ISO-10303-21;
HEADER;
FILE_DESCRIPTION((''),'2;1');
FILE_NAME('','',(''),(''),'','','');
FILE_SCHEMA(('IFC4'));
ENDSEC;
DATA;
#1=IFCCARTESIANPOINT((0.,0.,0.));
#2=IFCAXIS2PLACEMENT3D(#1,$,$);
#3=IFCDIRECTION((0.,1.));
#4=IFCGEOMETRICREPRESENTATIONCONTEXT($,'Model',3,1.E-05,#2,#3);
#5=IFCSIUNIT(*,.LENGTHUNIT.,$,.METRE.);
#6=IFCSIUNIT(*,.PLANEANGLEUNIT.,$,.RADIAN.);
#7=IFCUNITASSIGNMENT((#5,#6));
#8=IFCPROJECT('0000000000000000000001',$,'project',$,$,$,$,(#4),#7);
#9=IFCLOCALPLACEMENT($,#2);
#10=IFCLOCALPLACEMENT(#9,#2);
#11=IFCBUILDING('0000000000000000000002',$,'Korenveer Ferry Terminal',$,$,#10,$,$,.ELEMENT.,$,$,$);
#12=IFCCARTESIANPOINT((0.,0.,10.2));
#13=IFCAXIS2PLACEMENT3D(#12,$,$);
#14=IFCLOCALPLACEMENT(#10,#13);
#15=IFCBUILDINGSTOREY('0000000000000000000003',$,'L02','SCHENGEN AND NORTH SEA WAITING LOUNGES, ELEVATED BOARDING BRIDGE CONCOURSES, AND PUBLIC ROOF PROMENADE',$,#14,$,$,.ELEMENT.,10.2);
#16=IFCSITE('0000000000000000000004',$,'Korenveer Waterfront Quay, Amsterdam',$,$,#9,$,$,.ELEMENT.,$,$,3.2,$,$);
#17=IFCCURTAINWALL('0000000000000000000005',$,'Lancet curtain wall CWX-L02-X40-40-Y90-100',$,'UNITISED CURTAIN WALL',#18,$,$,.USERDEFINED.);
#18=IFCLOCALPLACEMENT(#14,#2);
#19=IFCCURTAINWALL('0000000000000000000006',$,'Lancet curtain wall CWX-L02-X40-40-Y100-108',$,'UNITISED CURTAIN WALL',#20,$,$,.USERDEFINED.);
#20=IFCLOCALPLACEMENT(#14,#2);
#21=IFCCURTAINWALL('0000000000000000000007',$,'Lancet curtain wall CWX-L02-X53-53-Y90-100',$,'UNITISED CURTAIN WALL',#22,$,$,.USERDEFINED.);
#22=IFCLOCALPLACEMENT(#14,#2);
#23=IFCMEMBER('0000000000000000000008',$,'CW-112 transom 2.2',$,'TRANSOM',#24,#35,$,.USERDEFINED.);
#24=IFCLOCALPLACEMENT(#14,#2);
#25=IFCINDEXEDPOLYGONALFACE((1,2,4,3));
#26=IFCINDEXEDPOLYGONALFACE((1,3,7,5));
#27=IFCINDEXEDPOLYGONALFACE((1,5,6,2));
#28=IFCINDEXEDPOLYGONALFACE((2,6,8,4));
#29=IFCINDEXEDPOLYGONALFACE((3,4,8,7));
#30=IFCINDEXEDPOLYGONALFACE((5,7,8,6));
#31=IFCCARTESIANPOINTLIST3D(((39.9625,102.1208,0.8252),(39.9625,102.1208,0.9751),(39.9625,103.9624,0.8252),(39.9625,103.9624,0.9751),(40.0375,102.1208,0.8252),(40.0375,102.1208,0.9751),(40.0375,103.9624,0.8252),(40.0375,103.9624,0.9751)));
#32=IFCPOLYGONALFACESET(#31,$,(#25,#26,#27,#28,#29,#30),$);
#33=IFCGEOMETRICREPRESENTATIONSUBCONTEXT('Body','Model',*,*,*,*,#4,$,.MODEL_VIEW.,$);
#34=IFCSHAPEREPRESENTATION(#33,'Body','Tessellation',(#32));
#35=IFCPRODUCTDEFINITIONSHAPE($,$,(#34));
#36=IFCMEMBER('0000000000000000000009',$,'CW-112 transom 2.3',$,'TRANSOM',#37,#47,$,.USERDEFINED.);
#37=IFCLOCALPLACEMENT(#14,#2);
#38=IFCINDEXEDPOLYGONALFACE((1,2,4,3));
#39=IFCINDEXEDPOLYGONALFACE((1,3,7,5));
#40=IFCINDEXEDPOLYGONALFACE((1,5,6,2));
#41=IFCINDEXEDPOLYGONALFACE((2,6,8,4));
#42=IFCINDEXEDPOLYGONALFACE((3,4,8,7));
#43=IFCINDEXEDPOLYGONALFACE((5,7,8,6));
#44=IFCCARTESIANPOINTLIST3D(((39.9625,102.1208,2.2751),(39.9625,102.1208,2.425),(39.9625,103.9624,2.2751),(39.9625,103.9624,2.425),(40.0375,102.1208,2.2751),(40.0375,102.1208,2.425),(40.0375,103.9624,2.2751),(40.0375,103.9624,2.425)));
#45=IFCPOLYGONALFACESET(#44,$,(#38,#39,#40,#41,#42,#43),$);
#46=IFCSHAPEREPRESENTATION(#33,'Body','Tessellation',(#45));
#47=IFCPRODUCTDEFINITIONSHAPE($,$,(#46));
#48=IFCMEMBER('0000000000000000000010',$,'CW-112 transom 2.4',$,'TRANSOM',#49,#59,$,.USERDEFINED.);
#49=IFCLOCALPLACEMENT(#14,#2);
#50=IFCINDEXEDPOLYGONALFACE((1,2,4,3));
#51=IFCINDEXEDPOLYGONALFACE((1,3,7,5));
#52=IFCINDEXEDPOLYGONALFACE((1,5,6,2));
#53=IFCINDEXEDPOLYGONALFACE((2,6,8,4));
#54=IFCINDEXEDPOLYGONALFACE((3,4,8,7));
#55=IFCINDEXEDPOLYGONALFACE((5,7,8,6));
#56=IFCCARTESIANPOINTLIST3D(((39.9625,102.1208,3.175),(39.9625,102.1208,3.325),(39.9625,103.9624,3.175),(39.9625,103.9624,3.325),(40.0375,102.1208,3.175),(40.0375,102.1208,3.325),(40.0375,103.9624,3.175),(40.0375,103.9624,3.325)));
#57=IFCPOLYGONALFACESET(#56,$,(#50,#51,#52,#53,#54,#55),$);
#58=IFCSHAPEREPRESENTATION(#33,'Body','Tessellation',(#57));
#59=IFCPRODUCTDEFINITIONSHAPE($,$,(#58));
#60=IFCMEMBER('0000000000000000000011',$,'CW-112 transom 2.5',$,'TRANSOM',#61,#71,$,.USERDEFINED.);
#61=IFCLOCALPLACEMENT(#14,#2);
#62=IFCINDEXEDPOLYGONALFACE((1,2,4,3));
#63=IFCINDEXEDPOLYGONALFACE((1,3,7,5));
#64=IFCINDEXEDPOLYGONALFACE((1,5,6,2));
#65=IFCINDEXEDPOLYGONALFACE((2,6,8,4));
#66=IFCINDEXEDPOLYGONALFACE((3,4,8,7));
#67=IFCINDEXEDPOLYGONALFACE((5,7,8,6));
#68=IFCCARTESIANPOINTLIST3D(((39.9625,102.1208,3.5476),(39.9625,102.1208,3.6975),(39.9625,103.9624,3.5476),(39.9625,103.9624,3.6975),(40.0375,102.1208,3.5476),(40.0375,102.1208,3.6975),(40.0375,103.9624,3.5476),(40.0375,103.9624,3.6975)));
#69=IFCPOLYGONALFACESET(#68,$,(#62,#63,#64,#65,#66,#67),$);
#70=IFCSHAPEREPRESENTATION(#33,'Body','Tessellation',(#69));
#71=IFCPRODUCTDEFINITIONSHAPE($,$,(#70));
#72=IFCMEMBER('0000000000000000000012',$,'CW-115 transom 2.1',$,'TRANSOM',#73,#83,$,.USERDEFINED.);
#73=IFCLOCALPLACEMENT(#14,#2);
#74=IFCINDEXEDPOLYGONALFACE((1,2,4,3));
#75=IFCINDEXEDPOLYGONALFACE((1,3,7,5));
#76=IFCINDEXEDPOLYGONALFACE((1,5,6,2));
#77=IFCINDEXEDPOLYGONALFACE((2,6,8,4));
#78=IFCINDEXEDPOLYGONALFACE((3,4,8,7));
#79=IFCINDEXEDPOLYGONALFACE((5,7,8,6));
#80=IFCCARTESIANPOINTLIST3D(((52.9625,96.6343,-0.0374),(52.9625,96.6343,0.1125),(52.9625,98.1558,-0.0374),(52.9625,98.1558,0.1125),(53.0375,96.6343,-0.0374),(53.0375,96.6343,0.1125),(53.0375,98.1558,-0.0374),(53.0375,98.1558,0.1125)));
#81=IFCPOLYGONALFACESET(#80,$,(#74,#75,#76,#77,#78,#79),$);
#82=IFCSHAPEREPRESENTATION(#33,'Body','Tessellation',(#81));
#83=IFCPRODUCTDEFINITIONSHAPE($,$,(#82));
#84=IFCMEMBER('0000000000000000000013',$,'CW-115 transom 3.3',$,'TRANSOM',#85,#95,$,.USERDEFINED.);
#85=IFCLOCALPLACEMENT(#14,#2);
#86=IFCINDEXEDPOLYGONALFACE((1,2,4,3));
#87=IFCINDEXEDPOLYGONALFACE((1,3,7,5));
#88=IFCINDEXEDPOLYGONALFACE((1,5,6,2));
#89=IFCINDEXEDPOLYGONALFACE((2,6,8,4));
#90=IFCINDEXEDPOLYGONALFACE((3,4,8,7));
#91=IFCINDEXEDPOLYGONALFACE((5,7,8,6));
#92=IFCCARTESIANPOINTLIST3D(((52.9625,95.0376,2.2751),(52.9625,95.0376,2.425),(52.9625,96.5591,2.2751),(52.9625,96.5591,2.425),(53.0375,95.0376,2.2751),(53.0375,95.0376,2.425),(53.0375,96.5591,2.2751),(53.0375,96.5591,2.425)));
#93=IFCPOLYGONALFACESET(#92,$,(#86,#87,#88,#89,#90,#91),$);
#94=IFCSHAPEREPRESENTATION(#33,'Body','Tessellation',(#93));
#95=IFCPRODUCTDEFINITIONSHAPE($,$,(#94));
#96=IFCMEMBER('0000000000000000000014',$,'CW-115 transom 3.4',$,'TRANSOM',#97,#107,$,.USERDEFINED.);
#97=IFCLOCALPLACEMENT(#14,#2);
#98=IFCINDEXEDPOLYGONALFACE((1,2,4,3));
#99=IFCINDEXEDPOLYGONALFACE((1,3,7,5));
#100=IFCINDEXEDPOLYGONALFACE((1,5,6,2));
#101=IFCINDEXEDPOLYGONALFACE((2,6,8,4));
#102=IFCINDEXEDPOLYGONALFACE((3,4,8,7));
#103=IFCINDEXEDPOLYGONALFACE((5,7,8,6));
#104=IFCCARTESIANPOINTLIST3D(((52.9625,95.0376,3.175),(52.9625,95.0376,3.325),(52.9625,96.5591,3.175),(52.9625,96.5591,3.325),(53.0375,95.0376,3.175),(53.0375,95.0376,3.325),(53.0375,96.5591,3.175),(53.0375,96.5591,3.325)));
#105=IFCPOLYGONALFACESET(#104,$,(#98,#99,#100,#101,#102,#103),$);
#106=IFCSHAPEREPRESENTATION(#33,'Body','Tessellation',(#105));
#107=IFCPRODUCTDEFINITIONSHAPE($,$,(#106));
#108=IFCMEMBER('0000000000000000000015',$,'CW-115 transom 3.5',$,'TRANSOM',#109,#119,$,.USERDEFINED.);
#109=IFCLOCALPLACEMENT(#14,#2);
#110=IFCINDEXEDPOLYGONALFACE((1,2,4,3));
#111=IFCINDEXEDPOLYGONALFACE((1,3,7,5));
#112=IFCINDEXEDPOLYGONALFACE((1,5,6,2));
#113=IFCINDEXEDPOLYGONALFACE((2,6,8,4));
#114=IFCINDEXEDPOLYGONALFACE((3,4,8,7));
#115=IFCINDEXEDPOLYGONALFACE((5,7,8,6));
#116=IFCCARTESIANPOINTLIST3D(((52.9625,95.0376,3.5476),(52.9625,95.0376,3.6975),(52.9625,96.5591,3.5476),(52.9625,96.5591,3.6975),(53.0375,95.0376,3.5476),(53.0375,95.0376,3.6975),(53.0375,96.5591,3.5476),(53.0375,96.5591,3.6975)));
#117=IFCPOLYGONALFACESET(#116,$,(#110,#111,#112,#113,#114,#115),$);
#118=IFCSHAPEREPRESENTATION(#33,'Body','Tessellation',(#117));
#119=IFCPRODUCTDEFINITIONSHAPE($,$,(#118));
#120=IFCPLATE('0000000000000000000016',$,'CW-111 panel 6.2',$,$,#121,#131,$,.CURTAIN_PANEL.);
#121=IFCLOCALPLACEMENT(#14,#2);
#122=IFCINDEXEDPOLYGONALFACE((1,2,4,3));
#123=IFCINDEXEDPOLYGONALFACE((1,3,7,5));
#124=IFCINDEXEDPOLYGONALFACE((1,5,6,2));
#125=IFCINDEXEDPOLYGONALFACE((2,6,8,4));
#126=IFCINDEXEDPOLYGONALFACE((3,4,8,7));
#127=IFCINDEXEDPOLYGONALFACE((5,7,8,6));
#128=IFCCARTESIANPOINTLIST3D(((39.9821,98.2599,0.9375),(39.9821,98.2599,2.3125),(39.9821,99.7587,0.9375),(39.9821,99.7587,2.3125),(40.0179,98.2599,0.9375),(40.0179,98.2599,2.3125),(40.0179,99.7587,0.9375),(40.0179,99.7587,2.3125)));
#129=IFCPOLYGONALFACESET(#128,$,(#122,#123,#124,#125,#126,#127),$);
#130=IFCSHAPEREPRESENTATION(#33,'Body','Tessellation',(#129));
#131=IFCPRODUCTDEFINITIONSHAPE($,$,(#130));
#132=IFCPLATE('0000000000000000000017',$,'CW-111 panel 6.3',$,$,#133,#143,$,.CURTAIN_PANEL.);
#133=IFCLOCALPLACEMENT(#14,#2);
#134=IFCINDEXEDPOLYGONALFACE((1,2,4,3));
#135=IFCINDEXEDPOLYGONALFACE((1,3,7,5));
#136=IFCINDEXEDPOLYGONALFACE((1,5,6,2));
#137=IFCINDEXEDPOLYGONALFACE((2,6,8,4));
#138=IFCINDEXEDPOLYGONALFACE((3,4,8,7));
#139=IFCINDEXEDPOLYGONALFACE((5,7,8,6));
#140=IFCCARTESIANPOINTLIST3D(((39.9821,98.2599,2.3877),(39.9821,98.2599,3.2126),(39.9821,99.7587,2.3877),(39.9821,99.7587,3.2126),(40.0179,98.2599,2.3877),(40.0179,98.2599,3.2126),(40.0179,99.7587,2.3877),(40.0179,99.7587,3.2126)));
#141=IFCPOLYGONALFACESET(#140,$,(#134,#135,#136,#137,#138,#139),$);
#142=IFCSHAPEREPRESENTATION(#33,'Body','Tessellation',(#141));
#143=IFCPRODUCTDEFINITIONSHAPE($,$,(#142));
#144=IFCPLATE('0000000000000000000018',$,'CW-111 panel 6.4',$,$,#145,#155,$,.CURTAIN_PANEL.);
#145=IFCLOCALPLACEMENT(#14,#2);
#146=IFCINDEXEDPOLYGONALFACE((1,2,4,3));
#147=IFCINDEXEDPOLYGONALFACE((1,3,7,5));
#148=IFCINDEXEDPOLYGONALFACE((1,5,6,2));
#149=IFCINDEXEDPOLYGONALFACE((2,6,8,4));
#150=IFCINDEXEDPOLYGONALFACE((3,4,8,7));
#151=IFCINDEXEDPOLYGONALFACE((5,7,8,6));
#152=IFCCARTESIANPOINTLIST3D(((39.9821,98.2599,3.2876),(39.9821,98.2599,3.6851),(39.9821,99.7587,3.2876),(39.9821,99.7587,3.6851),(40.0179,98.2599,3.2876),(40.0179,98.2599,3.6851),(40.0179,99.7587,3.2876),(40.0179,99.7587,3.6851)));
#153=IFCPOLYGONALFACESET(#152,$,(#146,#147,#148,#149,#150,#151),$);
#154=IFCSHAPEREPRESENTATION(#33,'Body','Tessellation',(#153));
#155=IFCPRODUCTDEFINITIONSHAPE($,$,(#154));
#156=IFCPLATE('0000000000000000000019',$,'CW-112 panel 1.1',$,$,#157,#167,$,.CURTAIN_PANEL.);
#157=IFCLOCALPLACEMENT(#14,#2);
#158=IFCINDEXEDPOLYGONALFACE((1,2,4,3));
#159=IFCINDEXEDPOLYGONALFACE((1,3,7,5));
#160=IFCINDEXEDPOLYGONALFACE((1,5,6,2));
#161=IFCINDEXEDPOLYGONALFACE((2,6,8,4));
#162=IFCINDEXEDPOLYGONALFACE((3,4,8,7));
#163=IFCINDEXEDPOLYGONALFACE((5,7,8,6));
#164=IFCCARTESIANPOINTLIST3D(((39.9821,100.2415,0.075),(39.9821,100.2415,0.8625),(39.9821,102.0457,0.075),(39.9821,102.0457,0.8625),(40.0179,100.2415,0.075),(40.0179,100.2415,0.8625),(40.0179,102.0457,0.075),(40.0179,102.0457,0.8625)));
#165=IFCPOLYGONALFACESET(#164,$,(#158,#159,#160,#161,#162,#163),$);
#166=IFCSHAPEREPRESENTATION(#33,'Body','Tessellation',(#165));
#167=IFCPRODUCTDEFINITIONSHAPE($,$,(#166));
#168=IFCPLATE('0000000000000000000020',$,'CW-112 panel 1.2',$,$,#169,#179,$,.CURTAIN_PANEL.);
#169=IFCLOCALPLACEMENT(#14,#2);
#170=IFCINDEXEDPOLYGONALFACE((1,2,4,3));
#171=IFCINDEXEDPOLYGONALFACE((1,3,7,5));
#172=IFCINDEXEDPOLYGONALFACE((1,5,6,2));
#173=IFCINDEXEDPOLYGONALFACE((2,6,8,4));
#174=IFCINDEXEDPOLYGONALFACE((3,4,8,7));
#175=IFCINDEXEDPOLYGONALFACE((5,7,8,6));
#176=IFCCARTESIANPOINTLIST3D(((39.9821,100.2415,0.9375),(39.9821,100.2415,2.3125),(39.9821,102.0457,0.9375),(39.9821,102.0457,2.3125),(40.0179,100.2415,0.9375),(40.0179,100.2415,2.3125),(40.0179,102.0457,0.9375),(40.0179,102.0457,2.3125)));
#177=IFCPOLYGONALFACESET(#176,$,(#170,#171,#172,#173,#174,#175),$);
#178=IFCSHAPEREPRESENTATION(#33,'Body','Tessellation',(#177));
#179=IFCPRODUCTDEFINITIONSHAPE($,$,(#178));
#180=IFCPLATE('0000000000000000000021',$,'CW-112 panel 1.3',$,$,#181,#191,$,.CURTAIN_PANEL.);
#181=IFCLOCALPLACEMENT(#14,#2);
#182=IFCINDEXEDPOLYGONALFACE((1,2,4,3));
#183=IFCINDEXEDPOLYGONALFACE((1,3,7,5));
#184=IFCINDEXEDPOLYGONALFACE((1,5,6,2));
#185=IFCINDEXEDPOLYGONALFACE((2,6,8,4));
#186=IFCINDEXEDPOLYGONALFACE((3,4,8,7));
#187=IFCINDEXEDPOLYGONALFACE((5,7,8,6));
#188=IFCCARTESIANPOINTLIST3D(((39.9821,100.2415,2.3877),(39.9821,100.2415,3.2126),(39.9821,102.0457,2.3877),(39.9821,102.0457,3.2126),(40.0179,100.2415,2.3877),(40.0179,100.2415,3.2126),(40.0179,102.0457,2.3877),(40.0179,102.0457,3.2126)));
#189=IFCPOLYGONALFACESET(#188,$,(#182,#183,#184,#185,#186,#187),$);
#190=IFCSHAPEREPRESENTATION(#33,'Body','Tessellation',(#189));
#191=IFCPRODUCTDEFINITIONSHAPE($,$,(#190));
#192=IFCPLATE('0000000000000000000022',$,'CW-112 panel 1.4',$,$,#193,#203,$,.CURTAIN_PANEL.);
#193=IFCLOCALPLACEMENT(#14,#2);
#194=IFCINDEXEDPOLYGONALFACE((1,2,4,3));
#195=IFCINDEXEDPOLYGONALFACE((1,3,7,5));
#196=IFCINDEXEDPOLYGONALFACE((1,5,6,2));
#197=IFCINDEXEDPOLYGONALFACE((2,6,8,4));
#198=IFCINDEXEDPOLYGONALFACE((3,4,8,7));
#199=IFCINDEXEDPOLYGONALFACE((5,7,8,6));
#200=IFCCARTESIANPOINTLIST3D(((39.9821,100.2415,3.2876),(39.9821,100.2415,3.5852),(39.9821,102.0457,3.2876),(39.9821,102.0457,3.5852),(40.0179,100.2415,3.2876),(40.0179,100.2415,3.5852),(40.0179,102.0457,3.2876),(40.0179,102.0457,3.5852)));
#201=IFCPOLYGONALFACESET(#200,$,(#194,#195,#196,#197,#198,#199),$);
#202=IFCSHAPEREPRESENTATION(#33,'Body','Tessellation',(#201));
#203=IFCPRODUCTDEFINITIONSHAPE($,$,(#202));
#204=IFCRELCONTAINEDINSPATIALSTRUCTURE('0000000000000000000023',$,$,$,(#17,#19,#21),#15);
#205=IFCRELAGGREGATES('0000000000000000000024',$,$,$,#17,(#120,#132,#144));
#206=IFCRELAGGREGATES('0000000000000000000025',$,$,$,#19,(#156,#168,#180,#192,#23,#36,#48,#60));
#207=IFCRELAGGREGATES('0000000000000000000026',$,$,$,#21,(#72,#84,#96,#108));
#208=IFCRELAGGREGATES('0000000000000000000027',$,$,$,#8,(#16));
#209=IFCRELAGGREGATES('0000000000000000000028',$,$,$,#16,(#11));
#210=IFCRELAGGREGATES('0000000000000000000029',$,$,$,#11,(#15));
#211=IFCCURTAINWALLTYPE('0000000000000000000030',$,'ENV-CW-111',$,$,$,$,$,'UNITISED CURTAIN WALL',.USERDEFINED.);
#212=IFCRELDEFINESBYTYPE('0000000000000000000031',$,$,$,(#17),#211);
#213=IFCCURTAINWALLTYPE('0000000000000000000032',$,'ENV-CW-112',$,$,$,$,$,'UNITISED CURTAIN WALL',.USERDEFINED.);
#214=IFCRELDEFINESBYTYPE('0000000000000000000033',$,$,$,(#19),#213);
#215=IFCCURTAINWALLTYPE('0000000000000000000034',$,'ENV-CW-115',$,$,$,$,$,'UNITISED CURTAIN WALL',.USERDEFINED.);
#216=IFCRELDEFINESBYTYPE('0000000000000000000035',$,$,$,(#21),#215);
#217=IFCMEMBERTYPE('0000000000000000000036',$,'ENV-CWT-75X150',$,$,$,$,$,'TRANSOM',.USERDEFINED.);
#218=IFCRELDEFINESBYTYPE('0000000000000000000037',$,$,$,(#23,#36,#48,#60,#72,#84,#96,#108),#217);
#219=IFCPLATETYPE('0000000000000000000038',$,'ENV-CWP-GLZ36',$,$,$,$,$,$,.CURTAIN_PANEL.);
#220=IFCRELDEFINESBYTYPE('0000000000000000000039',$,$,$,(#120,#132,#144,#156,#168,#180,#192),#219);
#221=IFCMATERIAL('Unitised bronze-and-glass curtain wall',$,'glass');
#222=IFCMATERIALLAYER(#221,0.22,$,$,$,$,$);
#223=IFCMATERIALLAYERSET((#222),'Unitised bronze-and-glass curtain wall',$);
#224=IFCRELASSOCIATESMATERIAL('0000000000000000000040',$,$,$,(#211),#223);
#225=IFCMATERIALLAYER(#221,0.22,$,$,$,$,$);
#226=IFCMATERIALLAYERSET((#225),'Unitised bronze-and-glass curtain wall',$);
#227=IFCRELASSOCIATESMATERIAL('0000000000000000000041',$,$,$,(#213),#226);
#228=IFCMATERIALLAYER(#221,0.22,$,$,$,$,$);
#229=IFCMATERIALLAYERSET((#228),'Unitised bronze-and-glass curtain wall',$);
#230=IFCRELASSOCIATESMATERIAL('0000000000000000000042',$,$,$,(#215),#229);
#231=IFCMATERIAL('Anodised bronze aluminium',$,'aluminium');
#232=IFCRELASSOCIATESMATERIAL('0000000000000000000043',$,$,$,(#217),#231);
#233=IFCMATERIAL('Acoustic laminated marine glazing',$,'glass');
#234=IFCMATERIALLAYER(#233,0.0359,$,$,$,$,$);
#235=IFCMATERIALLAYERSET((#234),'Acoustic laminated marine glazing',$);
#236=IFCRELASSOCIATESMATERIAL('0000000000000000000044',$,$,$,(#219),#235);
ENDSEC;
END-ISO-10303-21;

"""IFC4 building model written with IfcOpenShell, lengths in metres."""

from ifc_helpers import new_model, si_unit, direction, frame, origin, origin_2d, place, context, subcontext, project, spatial, rectangle, extrude, material, layer, layer_set, material_profile, profile_set, type_object, element, aggregate, save


model = new_model("IFC4")

# Units and contexts
model_context = context("Model", 3, precision=1e-05, world=origin(), true_north=direction((0.0, 1.0)))
body_context = subcontext(model_context, "Body", "Model", "MODEL_VIEW")
ifc_project = project(units=[si_unit("LENGTHUNIT", "METRE"), si_unit("PLANEANGLEUNIT", "RADIAN")], contexts=[model_context])

# Site, building, storey
site_placement = place(None, origin())
site = spatial("IfcSite", under=ifc_project, at=site_placement, Name="Korenveer Waterfront Quay, Amsterdam", CompositionType="ELEMENT", RefElevation=3.2)
building_placement = place(site_placement, origin())
building = spatial("IfcBuilding", under=site, at=building_placement, Name="Korenveer Ferry Terminal", CompositionType="ELEMENT")
storey_placement = place(building_placement, frame((0.0, 0.0, 10.2)))
storey = spatial("IfcBuildingStorey", under=building, at=storey_placement, Name="L02", Description="SCHENGEN AND NORTH SEA WAITING LOUNGES, ELEVATED BOARDING BRIDGE CONCOURSES, AND PUBLIC ROOF PROMENADE", CompositionType="ELEMENT", Elevation=10.2)

# Curtain wall
ifc_material_1 = material(Name="Unitised bronze-and-glass curtain wall", Category="glass")
ifc_layer_1 = layer(ifc_material_1, 0.22)
ifc_layer_set_1 = layer_set([ifc_layer_1], Name="Unitised bronze-and-glass curtain wall")
curtain_wall_type_1 = type_object("IfcCurtainWallType", Name="ENV-CW-111", ElementType="UNITISED CURTAIN WALL", PredefinedType="USERDEFINED", material=ifc_layer_set_1)
curtain_wall_1_placement = place(storey_placement, frame((40.0, 90.1665, 0.0)))
curtain_wall_1 = element("IfcCurtainWall", 1, at=curtain_wall_1_placement, inside=storey, type_object=curtain_wall_type_1, Name="Lancet curtain wall CWX-L02-X40-40-Y90-100", ObjectType="UNITISED CURTAIN WALL", PredefinedType="USERDEFINED")
ifc_material_2 = material(Name="Anodised bronze aluminium", Category="aluminium")

# Curtain wall
ifc_layer_2 = layer(ifc_material_1, 0.22)
ifc_layer_set_2 = layer_set([ifc_layer_2], Name="Unitised bronze-and-glass curtain wall")
curtain_wall_type_2 = type_object("IfcCurtainWallType", Name="ENV-CW-112", ElementType="UNITISED CURTAIN WALL", PredefinedType="USERDEFINED", material=ifc_layer_set_2)
curtain_wall_2_placement = place(storey_placement, frame((40.0, 100.1665, 0.0)))
curtain_wall_2 = element("IfcCurtainWall", 2, at=curtain_wall_2_placement, inside=storey, type_object=curtain_wall_type_2, Name="Lancet curtain wall CWX-L02-X40-40-Y100-108", ObjectType="UNITISED CURTAIN WALL", PredefinedType="USERDEFINED")

# Curtain wall
ifc_layer_3 = layer(ifc_material_1, 0.22)
ifc_layer_set_3 = layer_set([ifc_layer_3], Name="Unitised bronze-and-glass curtain wall")
curtain_wall_type_3 = type_object("IfcCurtainWallType", Name="ENV-CW-115", ElementType="UNITISED CURTAIN WALL", PredefinedType="USERDEFINED", material=ifc_layer_set_3)
curtain_wall_3_placement = place(storey_placement, frame((53.0, 99.79, 0.0)))
curtain_wall_3 = element("IfcCurtainWall", 3, at=curtain_wall_3_placement, inside=storey, type_object=curtain_wall_type_3, Name="Lancet curtain wall CWX-L02-X53-53-Y90-100", ObjectType="UNITISED CURTAIN WALL", PredefinedType="USERDEFINED")

# Members
ifc_material_profile_1 = material_profile(ifc_material_2, rectangle(XDim=0.075, YDim=0.1499, at=origin_2d()), Name="ALU 75x150")
ifc_profile_set_1 = profile_set([ifc_material_profile_1], Name="Anodised bronze aluminium")
member_type_1 = type_object("IfcMemberType", Name="ENV-CWT-75X150", ElementType="TRANSOM", PredefinedType="USERDEFINED", material=ifc_profile_set_1)
member_1_placement = place(storey_placement, frame((40.0, 102.1208, 0.9001), z_axis=(0.0, 1.0, 0.0), x_axis=(-1.0, 0.0, 0.0)))
member_1 = element("IfcMember", 4, at=member_1_placement, type_object=member_type_1, Name="CW-112 transom 2.2", ObjectType="TRANSOM", PredefinedType="USERDEFINED", context=body_context, shape_type="SweptSolid", body=[
    extrude(rectangle(XDim=0.075, YDim=0.1499, at=origin_2d()), origin(), (0.0, 0.0, 1.0), 1.8416),
])
member_2_placement = place(storey_placement, frame((40.0, 102.1208, 2.3501), z_axis=(0.0, 1.0, 0.0), x_axis=(-1.0, 0.0, 0.0)))
member_2 = element("IfcMember", 5, at=member_2_placement, type_object=member_type_1, Name="CW-112 transom 2.3", ObjectType="TRANSOM", PredefinedType="USERDEFINED", context=body_context, shape_type="SweptSolid", body=[
    extrude(rectangle(XDim=0.075, YDim=0.1499, at=origin_2d()), origin(), (0.0, 0.0, 1.0), 1.8416),
])
member_3_placement = place(storey_placement, frame((40.0, 102.1208, 3.25), z_axis=(0.0, 1.0, 0.0), x_axis=(-1.0, 0.0, 0.0)))
member_3 = element("IfcMember", 6, at=member_3_placement, type_object=member_type_1, Name="CW-112 transom 2.4", ObjectType="TRANSOM", PredefinedType="USERDEFINED", context=body_context, shape_type="SweptSolid", body=[
    extrude(rectangle(XDim=0.075, YDim=0.1499, at=origin_2d()), origin(), (0.0, 0.0, 1.0), 1.8416),
])
member_4_placement = place(storey_placement, frame((40.0, 102.1208, 3.6226), z_axis=(0.0, 1.0, 0.0), x_axis=(-1.0, 0.0, 0.0)))
member_4 = element("IfcMember", 7, at=member_4_placement, type_object=member_type_1, Name="CW-112 transom 2.5", ObjectType="TRANSOM", PredefinedType="USERDEFINED", context=body_context, shape_type="SweptSolid", body=[
    extrude(rectangle(XDim=0.075, YDim=0.1499, at=origin_2d()), origin(), (0.0, 0.0, 1.0), 1.8416),
])
member_5_placement = place(storey_placement, frame((53.0, 98.1558, 0.0376), z_axis=(0.0, -1.0, 0.0), x_axis=(1.0, 0.0, 0.0)))
member_5 = element("IfcMember", 8, at=member_5_placement, type_object=member_type_1, Name="CW-115 transom 2.1", ObjectType="TRANSOM", PredefinedType="USERDEFINED", context=body_context, shape_type="SweptSolid", body=[
    extrude(rectangle(XDim=0.075, YDim=0.1499, at=origin_2d()), origin(), (0.0, 0.0, 1.0), 1.5215),
])
member_6_placement = place(storey_placement, frame((53.0, 96.5591, 2.3501), z_axis=(0.0, -1.0, 0.0), x_axis=(1.0, 0.0, 0.0)))
member_6 = element("IfcMember", 9, at=member_6_placement, type_object=member_type_1, Name="CW-115 transom 3.3", ObjectType="TRANSOM", PredefinedType="USERDEFINED", context=body_context, shape_type="SweptSolid", body=[
    extrude(rectangle(XDim=0.075, YDim=0.1499, at=origin_2d()), origin(), (0.0, 0.0, 1.0), 1.5215),
])
member_7_placement = place(storey_placement, frame((53.0, 96.5591, 3.25), z_axis=(0.0, -1.0, 0.0), x_axis=(1.0, 0.0, 0.0)))
member_7 = element("IfcMember", 10, at=member_7_placement, type_object=member_type_1, Name="CW-115 transom 3.4", ObjectType="TRANSOM", PredefinedType="USERDEFINED", context=body_context, shape_type="SweptSolid", body=[
    extrude(rectangle(XDim=0.075, YDim=0.1499, at=origin_2d()), origin(), (0.0, 0.0, 1.0), 1.5215),
])
member_8_placement = place(storey_placement, frame((53.0, 96.5591, 3.6226), z_axis=(0.0, -1.0, 0.0), x_axis=(1.0, 0.0, 0.0)))
member_8 = element("IfcMember", 11, at=member_8_placement, type_object=member_type_1, Name="CW-115 transom 3.5", ObjectType="TRANSOM", PredefinedType="USERDEFINED", context=body_context, shape_type="SweptSolid", body=[
    extrude(rectangle(XDim=0.075, YDim=0.1499, at=origin_2d()), origin(), (0.0, 0.0, 1.0), 1.5215),
])

# Plates
ifc_material_3 = material(Name="Acoustic laminated marine glazing", Category="glass")
ifc_layer_4 = layer(ifc_material_3, 0.0359)
ifc_layer_set_4 = layer_set([ifc_layer_4], Name="Acoustic laminated marine glazing")
plate_type_1 = type_object("IfcPlateType", Name="ENV-CWP-GLZ36", PredefinedType="CURTAIN_PANEL", material=ifc_layer_set_4)
plate_1_placement = place(storey_placement, frame((40.0, 99.0093, 0.9375), z_axis=(0.0, 0.0, 1.0), x_axis=(0.0, 1.0, 0.0)))
plate_1 = element("IfcPlate", 12, at=plate_1_placement, type_object=plate_type_1, Name="CW-111 panel 6.2", PredefinedType="CURTAIN_PANEL", context=body_context, shape_type="SweptSolid", body=[
    extrude(rectangle(XDim=1.4988, YDim=0.0359, at=origin_2d()), origin(), (0.0, 0.0, 1.0), 1.375),
])
plate_2_placement = place(storey_placement, frame((40.0, 99.0093, 2.3877), z_axis=(0.0, 0.0, 1.0), x_axis=(0.0, 1.0, 0.0)))
plate_2 = element("IfcPlate", 13, at=plate_2_placement, type_object=plate_type_1, Name="CW-111 panel 6.3", PredefinedType="CURTAIN_PANEL", context=body_context, shape_type="SweptSolid", body=[
    extrude(rectangle(XDim=1.4988, YDim=0.0359, at=origin_2d()), origin(), (0.0, 0.0, 1.0), 0.825),
])
plate_3_placement = place(storey_placement, frame((40.0, 99.0093, 3.2876), z_axis=(0.0, 0.0, 1.0), x_axis=(0.0, 1.0, 0.0)))
plate_3 = element("IfcPlate", 14, at=plate_3_placement, type_object=plate_type_1, Name="CW-111 panel 6.4", PredefinedType="CURTAIN_PANEL", context=body_context, shape_type="SweptSolid", body=[
    extrude(rectangle(XDim=1.4988, YDim=0.0359, at=origin_2d()), origin(), (0.0, 0.0, 1.0), 0.3975),
])
aggregate(curtain_wall_1, [plate_1, plate_2, plate_3])
plate_4_placement = place(storey_placement, frame((40.0, 101.1436, 0.075), z_axis=(0.0, 0.0, 1.0), x_axis=(0.0, 1.0, 0.0)))
plate_4 = element("IfcPlate", 15, at=plate_4_placement, type_object=plate_type_1, Name="CW-112 panel 1.1", PredefinedType="CURTAIN_PANEL", context=body_context, shape_type="SweptSolid", body=[
    extrude(rectangle(XDim=1.8042, YDim=0.0359, at=origin_2d()), origin(), (0.0, 0.0, 1.0), 0.7876),
])
plate_5_placement = place(storey_placement, frame((40.0, 101.1436, 0.9375), z_axis=(0.0, 0.0, 1.0), x_axis=(0.0, 1.0, 0.0)))
plate_5 = element("IfcPlate", 16, at=plate_5_placement, type_object=plate_type_1, Name="CW-112 panel 1.2", PredefinedType="CURTAIN_PANEL", context=body_context, shape_type="SweptSolid", body=[
    extrude(rectangle(XDim=1.8042, YDim=0.0359, at=origin_2d()), origin(), (0.0, 0.0, 1.0), 1.375),
])
plate_6_placement = place(storey_placement, frame((40.0, 101.1436, 2.3877), z_axis=(0.0, 0.0, 1.0), x_axis=(0.0, 1.0, 0.0)))
plate_6 = element("IfcPlate", 17, at=plate_6_placement, type_object=plate_type_1, Name="CW-112 panel 1.3", PredefinedType="CURTAIN_PANEL", context=body_context, shape_type="SweptSolid", body=[
    extrude(rectangle(XDim=1.8042, YDim=0.0359, at=origin_2d()), origin(), (0.0, 0.0, 1.0), 0.825),
])
plate_7_placement = place(storey_placement, frame((40.0, 101.1436, 3.2876), z_axis=(0.0, 0.0, 1.0), x_axis=(0.0, 1.0, 0.0)))
plate_7 = element("IfcPlate", 18, at=plate_7_placement, type_object=plate_type_1, Name="CW-112 panel 1.4", PredefinedType="CURTAIN_PANEL", context=body_context, shape_type="SweptSolid", body=[
    extrude(rectangle(XDim=1.8042, YDim=0.0359, at=origin_2d()), origin(), (0.0, 0.0, 1.0), 0.2976),
])
aggregate(curtain_wall_2, [plate_4, plate_5, plate_6, plate_7, member_1, member_2, member_3, member_4])
aggregate(curtain_wall_3, [member_5, member_6, member_7, member_8])

save(model, "model.ifc")
